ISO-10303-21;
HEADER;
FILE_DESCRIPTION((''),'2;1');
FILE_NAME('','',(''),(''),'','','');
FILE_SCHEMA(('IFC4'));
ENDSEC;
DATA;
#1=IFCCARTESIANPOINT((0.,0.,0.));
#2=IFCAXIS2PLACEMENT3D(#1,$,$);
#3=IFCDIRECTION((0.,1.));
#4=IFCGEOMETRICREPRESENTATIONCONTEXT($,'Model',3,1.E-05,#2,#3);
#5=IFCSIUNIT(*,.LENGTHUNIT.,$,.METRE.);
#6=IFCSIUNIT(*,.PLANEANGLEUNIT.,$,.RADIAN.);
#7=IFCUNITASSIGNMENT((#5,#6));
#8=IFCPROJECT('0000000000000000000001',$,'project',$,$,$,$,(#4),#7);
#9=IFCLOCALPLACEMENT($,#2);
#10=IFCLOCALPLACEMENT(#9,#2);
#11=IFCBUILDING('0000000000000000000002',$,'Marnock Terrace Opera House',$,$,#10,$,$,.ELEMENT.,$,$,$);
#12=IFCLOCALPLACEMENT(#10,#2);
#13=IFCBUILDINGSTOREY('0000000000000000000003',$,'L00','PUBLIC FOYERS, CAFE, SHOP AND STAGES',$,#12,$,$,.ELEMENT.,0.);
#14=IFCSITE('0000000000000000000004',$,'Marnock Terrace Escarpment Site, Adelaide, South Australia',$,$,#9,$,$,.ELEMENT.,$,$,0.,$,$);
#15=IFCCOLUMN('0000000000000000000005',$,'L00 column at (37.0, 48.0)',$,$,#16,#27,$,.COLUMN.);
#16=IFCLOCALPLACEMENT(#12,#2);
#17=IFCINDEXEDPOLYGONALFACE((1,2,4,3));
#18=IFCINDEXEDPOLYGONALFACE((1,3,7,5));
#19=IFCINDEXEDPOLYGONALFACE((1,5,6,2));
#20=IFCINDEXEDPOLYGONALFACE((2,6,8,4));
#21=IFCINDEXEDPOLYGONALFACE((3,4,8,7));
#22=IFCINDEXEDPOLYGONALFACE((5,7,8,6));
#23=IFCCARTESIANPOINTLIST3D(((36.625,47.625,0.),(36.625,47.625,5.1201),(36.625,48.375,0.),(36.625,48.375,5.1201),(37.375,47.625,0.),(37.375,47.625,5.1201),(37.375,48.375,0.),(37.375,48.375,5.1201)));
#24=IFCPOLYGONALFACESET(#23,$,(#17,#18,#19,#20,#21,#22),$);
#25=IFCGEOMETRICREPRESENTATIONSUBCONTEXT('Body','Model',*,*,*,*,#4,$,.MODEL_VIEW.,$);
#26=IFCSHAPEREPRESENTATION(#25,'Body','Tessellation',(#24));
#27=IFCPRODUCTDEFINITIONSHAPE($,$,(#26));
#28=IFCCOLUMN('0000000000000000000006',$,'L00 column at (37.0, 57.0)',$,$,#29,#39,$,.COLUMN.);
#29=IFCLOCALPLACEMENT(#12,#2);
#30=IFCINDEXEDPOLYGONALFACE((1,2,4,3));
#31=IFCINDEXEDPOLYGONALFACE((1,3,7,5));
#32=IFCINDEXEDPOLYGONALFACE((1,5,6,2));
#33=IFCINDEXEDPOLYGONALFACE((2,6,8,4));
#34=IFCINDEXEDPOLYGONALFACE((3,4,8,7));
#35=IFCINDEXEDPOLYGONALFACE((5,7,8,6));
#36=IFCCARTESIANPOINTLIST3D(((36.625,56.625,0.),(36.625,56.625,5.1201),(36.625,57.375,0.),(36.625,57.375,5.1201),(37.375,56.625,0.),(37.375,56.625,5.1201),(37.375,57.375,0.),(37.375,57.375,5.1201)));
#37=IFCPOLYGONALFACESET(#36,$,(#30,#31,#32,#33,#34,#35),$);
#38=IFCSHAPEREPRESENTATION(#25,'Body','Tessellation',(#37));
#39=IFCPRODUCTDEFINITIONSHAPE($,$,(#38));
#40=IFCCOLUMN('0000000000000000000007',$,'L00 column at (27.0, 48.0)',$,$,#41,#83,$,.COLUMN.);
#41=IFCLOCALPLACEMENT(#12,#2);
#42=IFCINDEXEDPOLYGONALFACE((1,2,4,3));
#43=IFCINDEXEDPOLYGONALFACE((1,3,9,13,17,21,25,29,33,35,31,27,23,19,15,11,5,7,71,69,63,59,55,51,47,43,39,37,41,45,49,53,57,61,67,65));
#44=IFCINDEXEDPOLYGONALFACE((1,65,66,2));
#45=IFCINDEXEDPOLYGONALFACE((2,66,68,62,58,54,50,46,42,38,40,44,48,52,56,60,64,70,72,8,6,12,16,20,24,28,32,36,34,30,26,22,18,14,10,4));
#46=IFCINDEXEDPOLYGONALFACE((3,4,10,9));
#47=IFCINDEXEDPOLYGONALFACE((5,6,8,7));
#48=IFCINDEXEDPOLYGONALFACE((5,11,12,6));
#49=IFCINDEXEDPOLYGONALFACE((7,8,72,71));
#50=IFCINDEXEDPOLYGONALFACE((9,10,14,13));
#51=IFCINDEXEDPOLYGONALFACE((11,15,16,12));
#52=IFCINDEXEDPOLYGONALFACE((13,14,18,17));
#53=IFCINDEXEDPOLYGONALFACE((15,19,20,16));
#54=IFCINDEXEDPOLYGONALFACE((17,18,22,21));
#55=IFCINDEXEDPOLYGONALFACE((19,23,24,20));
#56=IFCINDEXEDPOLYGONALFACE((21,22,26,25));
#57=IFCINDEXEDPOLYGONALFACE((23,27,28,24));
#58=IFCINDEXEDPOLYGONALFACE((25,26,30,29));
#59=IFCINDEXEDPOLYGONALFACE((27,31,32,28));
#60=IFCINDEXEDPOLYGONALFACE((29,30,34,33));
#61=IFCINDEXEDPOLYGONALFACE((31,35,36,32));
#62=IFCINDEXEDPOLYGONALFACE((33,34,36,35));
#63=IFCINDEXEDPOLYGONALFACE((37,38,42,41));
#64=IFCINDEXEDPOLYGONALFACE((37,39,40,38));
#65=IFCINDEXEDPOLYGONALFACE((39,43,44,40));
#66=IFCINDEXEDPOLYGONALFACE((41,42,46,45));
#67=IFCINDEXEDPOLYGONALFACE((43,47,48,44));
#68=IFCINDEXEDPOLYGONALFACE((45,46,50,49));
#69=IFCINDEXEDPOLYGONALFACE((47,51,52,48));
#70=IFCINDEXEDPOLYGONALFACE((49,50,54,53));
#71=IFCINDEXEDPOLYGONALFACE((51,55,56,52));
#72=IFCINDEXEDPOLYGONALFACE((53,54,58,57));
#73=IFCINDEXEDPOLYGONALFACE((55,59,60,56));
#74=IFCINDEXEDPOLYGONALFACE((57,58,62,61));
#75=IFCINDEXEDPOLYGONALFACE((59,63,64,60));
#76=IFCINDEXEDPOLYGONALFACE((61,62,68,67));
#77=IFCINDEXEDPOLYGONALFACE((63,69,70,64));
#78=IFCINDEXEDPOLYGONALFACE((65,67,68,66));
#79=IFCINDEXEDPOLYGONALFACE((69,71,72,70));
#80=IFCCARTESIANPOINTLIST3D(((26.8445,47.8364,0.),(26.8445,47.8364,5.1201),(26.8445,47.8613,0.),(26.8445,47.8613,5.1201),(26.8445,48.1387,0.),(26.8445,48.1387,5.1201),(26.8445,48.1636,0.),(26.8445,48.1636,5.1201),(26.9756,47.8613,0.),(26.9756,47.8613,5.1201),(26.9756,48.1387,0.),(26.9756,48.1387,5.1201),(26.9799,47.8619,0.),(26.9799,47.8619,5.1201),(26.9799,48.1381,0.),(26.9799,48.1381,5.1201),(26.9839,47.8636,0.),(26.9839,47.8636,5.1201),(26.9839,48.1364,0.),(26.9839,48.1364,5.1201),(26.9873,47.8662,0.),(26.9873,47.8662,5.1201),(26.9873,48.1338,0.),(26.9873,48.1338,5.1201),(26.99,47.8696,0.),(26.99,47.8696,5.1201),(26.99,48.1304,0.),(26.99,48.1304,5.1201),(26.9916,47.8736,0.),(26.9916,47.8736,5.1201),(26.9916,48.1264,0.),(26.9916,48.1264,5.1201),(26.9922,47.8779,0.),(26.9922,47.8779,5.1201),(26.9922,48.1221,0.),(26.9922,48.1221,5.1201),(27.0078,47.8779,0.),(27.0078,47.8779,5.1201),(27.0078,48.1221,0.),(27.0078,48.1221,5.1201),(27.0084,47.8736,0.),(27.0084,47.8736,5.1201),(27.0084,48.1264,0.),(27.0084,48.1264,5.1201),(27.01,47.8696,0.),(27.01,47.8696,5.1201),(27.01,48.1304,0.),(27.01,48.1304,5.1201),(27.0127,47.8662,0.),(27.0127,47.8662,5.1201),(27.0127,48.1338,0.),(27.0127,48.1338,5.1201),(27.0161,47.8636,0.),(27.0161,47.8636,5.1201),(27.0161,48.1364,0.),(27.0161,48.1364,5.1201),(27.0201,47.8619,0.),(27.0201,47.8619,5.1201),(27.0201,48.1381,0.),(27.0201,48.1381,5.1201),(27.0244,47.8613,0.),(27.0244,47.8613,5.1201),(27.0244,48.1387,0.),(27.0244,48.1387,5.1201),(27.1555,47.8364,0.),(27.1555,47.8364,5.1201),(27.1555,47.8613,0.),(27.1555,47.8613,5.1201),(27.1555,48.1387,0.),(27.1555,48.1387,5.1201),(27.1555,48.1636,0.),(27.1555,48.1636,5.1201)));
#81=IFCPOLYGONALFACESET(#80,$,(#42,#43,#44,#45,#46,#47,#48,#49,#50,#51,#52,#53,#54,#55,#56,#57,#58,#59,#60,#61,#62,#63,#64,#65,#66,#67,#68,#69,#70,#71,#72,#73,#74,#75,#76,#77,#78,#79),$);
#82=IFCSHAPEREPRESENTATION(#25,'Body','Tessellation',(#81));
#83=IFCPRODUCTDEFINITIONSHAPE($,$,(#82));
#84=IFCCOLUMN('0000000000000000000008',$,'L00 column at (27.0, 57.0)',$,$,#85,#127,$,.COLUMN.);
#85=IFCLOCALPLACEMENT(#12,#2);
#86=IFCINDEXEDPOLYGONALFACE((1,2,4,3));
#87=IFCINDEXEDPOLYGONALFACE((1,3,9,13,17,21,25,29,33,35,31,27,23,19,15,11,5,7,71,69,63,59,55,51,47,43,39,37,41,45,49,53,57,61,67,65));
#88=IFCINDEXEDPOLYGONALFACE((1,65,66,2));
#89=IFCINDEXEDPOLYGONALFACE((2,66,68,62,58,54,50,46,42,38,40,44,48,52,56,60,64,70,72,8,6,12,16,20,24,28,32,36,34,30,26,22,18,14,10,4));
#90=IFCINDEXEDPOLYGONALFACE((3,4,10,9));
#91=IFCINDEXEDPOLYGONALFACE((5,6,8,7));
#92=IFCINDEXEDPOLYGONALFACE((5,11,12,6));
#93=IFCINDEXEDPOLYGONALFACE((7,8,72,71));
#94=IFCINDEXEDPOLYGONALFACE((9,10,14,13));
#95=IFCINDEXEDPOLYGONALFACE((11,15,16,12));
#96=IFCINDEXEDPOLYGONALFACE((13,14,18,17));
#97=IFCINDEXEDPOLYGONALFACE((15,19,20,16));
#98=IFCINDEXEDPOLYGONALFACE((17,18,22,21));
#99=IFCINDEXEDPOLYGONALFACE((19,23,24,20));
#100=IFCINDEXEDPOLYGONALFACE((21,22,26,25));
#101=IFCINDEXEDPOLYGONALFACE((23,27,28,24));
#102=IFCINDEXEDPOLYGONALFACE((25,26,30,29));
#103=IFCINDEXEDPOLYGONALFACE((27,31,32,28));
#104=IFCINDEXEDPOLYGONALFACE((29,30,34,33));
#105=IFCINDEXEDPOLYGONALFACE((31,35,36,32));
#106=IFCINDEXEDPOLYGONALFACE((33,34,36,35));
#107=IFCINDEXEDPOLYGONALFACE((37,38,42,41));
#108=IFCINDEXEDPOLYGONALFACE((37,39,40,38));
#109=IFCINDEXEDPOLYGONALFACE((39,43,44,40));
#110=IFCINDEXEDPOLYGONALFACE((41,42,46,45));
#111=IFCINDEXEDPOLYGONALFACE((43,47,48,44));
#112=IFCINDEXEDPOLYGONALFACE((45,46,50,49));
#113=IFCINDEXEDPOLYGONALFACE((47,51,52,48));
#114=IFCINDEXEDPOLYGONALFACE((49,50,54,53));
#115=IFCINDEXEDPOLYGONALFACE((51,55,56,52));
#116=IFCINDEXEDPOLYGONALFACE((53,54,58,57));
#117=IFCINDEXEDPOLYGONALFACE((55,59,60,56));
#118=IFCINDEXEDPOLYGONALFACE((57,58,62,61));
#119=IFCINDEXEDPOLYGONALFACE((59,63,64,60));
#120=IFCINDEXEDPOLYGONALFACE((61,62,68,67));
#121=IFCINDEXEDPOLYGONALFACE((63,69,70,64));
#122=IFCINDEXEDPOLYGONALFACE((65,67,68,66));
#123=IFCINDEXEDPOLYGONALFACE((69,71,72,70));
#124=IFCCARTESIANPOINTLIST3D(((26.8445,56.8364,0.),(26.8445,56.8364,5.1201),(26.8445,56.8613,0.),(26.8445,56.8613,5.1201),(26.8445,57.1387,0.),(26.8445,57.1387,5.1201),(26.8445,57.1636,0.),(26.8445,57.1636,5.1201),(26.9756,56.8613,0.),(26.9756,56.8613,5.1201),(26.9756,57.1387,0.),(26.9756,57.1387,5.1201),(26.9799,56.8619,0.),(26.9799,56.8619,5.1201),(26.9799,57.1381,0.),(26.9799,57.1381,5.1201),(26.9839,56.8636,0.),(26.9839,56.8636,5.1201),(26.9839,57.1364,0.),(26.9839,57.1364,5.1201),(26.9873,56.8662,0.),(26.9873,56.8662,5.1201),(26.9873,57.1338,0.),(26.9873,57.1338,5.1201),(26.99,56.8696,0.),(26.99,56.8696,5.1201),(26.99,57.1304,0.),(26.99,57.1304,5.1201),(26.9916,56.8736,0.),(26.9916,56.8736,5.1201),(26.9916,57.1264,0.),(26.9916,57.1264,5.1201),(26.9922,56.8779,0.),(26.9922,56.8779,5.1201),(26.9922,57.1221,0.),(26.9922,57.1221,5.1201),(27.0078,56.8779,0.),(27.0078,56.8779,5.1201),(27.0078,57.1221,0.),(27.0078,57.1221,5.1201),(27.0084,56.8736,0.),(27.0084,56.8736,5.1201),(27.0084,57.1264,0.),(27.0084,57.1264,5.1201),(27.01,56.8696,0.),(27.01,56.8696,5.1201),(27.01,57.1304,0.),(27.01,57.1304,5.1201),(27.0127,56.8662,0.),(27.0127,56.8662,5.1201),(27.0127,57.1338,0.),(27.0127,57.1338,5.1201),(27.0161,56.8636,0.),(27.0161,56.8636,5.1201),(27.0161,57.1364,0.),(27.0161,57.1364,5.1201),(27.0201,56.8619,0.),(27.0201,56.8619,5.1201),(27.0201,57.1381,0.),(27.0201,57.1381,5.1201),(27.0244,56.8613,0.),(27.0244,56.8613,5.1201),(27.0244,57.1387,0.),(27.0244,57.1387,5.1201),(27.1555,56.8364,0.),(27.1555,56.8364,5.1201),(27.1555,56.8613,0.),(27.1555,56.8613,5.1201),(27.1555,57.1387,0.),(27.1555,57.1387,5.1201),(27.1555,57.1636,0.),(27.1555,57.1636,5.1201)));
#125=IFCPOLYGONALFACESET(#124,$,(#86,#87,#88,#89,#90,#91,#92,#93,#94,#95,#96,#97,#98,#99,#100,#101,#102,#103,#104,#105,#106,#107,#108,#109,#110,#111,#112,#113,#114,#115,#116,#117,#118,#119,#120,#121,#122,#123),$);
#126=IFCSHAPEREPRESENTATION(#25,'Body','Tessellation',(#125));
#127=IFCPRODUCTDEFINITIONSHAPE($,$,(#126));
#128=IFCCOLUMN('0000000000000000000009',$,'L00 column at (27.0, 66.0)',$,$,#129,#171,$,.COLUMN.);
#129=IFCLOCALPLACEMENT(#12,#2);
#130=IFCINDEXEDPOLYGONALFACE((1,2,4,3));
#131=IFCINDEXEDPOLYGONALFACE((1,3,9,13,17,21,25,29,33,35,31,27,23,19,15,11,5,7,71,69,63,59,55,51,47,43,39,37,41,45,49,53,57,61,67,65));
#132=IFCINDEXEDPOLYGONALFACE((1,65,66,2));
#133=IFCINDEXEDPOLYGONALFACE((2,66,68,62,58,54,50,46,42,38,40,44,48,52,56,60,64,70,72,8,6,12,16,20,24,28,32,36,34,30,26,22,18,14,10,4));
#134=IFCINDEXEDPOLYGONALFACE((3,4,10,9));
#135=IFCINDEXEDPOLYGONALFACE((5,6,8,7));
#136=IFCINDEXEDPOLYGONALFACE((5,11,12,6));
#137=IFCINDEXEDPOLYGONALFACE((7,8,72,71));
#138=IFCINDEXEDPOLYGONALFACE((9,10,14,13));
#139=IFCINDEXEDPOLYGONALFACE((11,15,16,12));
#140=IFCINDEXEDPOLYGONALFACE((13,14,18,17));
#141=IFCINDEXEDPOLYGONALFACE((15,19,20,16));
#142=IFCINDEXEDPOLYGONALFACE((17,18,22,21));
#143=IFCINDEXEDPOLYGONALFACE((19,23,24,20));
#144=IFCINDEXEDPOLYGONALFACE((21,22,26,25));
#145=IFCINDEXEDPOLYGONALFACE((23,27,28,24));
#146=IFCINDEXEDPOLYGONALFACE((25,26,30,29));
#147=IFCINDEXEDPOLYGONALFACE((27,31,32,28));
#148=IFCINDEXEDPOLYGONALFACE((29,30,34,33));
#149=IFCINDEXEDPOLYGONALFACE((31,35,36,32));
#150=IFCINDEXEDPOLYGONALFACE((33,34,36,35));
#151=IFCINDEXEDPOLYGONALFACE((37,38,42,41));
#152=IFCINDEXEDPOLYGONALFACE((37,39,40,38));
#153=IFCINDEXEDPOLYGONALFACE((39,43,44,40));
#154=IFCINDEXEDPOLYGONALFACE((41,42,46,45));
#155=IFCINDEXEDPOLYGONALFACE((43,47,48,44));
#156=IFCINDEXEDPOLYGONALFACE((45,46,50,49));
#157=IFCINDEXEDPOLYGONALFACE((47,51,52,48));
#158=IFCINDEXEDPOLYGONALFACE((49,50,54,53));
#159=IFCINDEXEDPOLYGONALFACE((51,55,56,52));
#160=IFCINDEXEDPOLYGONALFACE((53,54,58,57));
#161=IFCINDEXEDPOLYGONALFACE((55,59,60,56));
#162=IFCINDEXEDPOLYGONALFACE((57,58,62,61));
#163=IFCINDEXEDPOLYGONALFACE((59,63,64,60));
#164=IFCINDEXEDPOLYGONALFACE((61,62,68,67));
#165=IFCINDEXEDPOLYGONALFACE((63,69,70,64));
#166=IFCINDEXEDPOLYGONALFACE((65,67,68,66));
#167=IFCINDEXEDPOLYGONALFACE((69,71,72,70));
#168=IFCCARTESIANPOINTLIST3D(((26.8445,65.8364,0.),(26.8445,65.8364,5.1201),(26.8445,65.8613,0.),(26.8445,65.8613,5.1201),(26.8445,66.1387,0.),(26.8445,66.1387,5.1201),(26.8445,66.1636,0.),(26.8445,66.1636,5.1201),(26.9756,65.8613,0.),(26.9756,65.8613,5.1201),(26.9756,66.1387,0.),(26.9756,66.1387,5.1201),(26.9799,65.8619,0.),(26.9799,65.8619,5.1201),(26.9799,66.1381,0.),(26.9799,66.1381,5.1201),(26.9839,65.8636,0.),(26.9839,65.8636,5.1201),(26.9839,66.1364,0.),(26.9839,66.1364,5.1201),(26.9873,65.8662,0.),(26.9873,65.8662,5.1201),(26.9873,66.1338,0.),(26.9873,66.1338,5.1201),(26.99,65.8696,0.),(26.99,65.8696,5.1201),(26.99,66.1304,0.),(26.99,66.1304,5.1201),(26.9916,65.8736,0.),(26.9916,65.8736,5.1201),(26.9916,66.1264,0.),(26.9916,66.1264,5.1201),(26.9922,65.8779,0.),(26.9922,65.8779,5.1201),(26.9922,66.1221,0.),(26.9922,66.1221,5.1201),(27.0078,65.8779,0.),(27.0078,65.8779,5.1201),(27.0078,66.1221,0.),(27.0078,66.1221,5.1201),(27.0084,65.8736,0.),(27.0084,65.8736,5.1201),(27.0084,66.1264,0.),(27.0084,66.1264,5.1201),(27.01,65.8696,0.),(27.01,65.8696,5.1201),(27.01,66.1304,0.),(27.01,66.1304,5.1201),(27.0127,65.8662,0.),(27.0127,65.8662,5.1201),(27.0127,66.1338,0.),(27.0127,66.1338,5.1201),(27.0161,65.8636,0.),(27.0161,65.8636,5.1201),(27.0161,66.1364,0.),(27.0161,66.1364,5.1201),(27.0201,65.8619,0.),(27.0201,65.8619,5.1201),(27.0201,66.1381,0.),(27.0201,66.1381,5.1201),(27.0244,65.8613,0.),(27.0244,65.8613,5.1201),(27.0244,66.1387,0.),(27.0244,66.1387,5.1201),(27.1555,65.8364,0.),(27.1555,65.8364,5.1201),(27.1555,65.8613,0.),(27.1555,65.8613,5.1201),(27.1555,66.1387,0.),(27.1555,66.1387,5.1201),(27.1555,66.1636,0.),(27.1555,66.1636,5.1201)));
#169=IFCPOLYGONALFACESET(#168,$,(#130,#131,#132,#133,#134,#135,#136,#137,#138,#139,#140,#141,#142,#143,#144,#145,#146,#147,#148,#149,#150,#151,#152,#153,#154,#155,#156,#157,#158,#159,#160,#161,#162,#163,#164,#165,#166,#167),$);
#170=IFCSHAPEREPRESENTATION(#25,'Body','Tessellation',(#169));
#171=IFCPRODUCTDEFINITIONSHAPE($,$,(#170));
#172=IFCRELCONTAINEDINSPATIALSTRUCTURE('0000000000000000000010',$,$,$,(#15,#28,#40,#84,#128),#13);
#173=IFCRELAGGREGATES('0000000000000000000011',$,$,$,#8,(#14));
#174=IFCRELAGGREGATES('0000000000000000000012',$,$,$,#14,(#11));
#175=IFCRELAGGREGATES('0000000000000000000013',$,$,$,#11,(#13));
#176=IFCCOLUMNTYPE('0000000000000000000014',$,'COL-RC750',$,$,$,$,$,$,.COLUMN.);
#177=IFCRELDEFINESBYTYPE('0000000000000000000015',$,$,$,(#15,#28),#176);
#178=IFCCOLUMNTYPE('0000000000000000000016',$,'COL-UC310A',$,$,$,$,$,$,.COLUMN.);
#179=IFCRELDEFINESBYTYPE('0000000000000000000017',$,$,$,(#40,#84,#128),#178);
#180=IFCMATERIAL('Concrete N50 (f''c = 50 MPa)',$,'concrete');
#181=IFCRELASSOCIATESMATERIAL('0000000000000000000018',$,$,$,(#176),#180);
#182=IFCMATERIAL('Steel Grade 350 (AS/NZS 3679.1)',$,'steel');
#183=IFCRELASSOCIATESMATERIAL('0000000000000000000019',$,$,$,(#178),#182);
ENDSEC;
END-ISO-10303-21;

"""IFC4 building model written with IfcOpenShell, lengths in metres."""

from ifc_helpers import new_model, si_unit, direction, frame, origin, origin_2d, place, context, subcontext, project, spatial, rectangle, i_section, extrude, material, material_profile, profile_set, type_object, element, save


model = new_model("IFC4")

# Units and contexts
model_context = context("Model", 3, precision=1e-05, world=origin(), true_north=direction((0.0, 1.0)))
body_context = subcontext(model_context, "Body", "Model", "MODEL_VIEW")
ifc_project = project(units=[si_unit("LENGTHUNIT", "METRE"), si_unit("PLANEANGLEUNIT", "RADIAN")], contexts=[model_context])

# Site, building, storey
site_placement = place(None, origin())
site = spatial("IfcSite", under=ifc_project, at=site_placement, Name="Marnock Terrace Escarpment Site, Adelaide, South Australia", CompositionType="ELEMENT", RefElevation=0.0)
building_placement = place(site_placement, origin())
building = spatial("IfcBuilding", under=site, at=building_placement, Name="Marnock Terrace Opera House", CompositionType="ELEMENT")
storey_placement = place(building_placement, origin())
storey = spatial("IfcBuildingStorey", under=building, at=storey_placement, Name="L00", Description="PUBLIC FOYERS, CAFE, SHOP AND STAGES", CompositionType="ELEMENT", Elevation=0.0)

# Columns
ifc_material_1 = material(Name="Concrete N50 (f'c = 50 MPa)", Category="concrete")
ifc_material_profile_1 = material_profile(ifc_material_1, rectangle(XDim=0.75, YDim=0.75, at=origin_2d()))
ifc_profile_set_1 = profile_set([ifc_material_profile_1], Name="Concrete N50 (f'c = 50 MPa)")
column_type_1 = type_object("IfcColumnType", Name="COL-RC750", PredefinedType="COLUMN", material=ifc_profile_set_1)
for number, where, z_axis, x_axis, name in (
    (1, (37.0, 48.0, 0.0), (0.0, 0.0, 1.0), (1.0, 0.0, 0.0), "L00 column at (37.0, 48.0)"),
    (2, (37.0, 57.0, 0.0), (0.0, 0.0, 1.0), (1.0, 0.0, 0.0), "L00 column at (37.0, 57.0)"),
):
    element("IfcColumn", number, at=place(storey_placement, frame(where, z_axis=z_axis, x_axis=x_axis)), inside=storey, type_object=column_type_1, Name=name, PredefinedType="COLUMN", context=body_context, shape_type="SweptSolid", body=[
        extrude(rectangle(XDim=0.75, YDim=0.75, at=origin_2d()), origin(), (0.0, 0.0, 1.0), 5.1201),
    ])
ifc_material_2 = material(Name="Steel Grade 350 (AS/NZS 3679.1)", Category="steel")
ifc_material_profile_2 = material_profile(ifc_material_2, i_section(OverallWidth=0.311, OverallDepth=0.3271, WebThickness=0.0156, FlangeThickness=0.0249, FilletRadius=0.0166, at=origin_2d()))
ifc_profile_set_2 = profile_set([ifc_material_profile_2], Name="Steel Grade 350 (AS/NZS 3679.1)")
column_type_2 = type_object("IfcColumnType", Name="COL-UC310A", PredefinedType="COLUMN", material=ifc_profile_set_2)
for number, where, z_axis, x_axis, name in (
    (3, (27.0, 48.0, 0.0), (0.0, 0.0, 1.0), (1.0, 0.0, 0.0), "L00 column at (27.0, 48.0)"),
    (4, (27.0, 57.0, 0.0), (0.0, 0.0, 1.0), (1.0, 0.0, 0.0), "L00 column at (27.0, 57.0)"),
    (5, (27.0, 66.0, 0.0), (0.0, 0.0, 1.0), (1.0, 0.0, 0.0), "L00 column at (27.0, 66.0)"),
):
    element("IfcColumn", number, at=place(storey_placement, frame(where, z_axis=z_axis, x_axis=x_axis)), inside=storey, type_object=column_type_2, Name=name, PredefinedType="COLUMN", context=body_context, shape_type="SweptSolid", body=[
        extrude(i_section(OverallWidth=0.311, OverallDepth=0.3271, WebThickness=0.0156, FlangeThickness=0.0249, FilletRadius=0.0166, at=origin_2d()), origin(), (0.0, 0.0, 1.0), 5.1201),
    ])

save(model, "model.ifc")
